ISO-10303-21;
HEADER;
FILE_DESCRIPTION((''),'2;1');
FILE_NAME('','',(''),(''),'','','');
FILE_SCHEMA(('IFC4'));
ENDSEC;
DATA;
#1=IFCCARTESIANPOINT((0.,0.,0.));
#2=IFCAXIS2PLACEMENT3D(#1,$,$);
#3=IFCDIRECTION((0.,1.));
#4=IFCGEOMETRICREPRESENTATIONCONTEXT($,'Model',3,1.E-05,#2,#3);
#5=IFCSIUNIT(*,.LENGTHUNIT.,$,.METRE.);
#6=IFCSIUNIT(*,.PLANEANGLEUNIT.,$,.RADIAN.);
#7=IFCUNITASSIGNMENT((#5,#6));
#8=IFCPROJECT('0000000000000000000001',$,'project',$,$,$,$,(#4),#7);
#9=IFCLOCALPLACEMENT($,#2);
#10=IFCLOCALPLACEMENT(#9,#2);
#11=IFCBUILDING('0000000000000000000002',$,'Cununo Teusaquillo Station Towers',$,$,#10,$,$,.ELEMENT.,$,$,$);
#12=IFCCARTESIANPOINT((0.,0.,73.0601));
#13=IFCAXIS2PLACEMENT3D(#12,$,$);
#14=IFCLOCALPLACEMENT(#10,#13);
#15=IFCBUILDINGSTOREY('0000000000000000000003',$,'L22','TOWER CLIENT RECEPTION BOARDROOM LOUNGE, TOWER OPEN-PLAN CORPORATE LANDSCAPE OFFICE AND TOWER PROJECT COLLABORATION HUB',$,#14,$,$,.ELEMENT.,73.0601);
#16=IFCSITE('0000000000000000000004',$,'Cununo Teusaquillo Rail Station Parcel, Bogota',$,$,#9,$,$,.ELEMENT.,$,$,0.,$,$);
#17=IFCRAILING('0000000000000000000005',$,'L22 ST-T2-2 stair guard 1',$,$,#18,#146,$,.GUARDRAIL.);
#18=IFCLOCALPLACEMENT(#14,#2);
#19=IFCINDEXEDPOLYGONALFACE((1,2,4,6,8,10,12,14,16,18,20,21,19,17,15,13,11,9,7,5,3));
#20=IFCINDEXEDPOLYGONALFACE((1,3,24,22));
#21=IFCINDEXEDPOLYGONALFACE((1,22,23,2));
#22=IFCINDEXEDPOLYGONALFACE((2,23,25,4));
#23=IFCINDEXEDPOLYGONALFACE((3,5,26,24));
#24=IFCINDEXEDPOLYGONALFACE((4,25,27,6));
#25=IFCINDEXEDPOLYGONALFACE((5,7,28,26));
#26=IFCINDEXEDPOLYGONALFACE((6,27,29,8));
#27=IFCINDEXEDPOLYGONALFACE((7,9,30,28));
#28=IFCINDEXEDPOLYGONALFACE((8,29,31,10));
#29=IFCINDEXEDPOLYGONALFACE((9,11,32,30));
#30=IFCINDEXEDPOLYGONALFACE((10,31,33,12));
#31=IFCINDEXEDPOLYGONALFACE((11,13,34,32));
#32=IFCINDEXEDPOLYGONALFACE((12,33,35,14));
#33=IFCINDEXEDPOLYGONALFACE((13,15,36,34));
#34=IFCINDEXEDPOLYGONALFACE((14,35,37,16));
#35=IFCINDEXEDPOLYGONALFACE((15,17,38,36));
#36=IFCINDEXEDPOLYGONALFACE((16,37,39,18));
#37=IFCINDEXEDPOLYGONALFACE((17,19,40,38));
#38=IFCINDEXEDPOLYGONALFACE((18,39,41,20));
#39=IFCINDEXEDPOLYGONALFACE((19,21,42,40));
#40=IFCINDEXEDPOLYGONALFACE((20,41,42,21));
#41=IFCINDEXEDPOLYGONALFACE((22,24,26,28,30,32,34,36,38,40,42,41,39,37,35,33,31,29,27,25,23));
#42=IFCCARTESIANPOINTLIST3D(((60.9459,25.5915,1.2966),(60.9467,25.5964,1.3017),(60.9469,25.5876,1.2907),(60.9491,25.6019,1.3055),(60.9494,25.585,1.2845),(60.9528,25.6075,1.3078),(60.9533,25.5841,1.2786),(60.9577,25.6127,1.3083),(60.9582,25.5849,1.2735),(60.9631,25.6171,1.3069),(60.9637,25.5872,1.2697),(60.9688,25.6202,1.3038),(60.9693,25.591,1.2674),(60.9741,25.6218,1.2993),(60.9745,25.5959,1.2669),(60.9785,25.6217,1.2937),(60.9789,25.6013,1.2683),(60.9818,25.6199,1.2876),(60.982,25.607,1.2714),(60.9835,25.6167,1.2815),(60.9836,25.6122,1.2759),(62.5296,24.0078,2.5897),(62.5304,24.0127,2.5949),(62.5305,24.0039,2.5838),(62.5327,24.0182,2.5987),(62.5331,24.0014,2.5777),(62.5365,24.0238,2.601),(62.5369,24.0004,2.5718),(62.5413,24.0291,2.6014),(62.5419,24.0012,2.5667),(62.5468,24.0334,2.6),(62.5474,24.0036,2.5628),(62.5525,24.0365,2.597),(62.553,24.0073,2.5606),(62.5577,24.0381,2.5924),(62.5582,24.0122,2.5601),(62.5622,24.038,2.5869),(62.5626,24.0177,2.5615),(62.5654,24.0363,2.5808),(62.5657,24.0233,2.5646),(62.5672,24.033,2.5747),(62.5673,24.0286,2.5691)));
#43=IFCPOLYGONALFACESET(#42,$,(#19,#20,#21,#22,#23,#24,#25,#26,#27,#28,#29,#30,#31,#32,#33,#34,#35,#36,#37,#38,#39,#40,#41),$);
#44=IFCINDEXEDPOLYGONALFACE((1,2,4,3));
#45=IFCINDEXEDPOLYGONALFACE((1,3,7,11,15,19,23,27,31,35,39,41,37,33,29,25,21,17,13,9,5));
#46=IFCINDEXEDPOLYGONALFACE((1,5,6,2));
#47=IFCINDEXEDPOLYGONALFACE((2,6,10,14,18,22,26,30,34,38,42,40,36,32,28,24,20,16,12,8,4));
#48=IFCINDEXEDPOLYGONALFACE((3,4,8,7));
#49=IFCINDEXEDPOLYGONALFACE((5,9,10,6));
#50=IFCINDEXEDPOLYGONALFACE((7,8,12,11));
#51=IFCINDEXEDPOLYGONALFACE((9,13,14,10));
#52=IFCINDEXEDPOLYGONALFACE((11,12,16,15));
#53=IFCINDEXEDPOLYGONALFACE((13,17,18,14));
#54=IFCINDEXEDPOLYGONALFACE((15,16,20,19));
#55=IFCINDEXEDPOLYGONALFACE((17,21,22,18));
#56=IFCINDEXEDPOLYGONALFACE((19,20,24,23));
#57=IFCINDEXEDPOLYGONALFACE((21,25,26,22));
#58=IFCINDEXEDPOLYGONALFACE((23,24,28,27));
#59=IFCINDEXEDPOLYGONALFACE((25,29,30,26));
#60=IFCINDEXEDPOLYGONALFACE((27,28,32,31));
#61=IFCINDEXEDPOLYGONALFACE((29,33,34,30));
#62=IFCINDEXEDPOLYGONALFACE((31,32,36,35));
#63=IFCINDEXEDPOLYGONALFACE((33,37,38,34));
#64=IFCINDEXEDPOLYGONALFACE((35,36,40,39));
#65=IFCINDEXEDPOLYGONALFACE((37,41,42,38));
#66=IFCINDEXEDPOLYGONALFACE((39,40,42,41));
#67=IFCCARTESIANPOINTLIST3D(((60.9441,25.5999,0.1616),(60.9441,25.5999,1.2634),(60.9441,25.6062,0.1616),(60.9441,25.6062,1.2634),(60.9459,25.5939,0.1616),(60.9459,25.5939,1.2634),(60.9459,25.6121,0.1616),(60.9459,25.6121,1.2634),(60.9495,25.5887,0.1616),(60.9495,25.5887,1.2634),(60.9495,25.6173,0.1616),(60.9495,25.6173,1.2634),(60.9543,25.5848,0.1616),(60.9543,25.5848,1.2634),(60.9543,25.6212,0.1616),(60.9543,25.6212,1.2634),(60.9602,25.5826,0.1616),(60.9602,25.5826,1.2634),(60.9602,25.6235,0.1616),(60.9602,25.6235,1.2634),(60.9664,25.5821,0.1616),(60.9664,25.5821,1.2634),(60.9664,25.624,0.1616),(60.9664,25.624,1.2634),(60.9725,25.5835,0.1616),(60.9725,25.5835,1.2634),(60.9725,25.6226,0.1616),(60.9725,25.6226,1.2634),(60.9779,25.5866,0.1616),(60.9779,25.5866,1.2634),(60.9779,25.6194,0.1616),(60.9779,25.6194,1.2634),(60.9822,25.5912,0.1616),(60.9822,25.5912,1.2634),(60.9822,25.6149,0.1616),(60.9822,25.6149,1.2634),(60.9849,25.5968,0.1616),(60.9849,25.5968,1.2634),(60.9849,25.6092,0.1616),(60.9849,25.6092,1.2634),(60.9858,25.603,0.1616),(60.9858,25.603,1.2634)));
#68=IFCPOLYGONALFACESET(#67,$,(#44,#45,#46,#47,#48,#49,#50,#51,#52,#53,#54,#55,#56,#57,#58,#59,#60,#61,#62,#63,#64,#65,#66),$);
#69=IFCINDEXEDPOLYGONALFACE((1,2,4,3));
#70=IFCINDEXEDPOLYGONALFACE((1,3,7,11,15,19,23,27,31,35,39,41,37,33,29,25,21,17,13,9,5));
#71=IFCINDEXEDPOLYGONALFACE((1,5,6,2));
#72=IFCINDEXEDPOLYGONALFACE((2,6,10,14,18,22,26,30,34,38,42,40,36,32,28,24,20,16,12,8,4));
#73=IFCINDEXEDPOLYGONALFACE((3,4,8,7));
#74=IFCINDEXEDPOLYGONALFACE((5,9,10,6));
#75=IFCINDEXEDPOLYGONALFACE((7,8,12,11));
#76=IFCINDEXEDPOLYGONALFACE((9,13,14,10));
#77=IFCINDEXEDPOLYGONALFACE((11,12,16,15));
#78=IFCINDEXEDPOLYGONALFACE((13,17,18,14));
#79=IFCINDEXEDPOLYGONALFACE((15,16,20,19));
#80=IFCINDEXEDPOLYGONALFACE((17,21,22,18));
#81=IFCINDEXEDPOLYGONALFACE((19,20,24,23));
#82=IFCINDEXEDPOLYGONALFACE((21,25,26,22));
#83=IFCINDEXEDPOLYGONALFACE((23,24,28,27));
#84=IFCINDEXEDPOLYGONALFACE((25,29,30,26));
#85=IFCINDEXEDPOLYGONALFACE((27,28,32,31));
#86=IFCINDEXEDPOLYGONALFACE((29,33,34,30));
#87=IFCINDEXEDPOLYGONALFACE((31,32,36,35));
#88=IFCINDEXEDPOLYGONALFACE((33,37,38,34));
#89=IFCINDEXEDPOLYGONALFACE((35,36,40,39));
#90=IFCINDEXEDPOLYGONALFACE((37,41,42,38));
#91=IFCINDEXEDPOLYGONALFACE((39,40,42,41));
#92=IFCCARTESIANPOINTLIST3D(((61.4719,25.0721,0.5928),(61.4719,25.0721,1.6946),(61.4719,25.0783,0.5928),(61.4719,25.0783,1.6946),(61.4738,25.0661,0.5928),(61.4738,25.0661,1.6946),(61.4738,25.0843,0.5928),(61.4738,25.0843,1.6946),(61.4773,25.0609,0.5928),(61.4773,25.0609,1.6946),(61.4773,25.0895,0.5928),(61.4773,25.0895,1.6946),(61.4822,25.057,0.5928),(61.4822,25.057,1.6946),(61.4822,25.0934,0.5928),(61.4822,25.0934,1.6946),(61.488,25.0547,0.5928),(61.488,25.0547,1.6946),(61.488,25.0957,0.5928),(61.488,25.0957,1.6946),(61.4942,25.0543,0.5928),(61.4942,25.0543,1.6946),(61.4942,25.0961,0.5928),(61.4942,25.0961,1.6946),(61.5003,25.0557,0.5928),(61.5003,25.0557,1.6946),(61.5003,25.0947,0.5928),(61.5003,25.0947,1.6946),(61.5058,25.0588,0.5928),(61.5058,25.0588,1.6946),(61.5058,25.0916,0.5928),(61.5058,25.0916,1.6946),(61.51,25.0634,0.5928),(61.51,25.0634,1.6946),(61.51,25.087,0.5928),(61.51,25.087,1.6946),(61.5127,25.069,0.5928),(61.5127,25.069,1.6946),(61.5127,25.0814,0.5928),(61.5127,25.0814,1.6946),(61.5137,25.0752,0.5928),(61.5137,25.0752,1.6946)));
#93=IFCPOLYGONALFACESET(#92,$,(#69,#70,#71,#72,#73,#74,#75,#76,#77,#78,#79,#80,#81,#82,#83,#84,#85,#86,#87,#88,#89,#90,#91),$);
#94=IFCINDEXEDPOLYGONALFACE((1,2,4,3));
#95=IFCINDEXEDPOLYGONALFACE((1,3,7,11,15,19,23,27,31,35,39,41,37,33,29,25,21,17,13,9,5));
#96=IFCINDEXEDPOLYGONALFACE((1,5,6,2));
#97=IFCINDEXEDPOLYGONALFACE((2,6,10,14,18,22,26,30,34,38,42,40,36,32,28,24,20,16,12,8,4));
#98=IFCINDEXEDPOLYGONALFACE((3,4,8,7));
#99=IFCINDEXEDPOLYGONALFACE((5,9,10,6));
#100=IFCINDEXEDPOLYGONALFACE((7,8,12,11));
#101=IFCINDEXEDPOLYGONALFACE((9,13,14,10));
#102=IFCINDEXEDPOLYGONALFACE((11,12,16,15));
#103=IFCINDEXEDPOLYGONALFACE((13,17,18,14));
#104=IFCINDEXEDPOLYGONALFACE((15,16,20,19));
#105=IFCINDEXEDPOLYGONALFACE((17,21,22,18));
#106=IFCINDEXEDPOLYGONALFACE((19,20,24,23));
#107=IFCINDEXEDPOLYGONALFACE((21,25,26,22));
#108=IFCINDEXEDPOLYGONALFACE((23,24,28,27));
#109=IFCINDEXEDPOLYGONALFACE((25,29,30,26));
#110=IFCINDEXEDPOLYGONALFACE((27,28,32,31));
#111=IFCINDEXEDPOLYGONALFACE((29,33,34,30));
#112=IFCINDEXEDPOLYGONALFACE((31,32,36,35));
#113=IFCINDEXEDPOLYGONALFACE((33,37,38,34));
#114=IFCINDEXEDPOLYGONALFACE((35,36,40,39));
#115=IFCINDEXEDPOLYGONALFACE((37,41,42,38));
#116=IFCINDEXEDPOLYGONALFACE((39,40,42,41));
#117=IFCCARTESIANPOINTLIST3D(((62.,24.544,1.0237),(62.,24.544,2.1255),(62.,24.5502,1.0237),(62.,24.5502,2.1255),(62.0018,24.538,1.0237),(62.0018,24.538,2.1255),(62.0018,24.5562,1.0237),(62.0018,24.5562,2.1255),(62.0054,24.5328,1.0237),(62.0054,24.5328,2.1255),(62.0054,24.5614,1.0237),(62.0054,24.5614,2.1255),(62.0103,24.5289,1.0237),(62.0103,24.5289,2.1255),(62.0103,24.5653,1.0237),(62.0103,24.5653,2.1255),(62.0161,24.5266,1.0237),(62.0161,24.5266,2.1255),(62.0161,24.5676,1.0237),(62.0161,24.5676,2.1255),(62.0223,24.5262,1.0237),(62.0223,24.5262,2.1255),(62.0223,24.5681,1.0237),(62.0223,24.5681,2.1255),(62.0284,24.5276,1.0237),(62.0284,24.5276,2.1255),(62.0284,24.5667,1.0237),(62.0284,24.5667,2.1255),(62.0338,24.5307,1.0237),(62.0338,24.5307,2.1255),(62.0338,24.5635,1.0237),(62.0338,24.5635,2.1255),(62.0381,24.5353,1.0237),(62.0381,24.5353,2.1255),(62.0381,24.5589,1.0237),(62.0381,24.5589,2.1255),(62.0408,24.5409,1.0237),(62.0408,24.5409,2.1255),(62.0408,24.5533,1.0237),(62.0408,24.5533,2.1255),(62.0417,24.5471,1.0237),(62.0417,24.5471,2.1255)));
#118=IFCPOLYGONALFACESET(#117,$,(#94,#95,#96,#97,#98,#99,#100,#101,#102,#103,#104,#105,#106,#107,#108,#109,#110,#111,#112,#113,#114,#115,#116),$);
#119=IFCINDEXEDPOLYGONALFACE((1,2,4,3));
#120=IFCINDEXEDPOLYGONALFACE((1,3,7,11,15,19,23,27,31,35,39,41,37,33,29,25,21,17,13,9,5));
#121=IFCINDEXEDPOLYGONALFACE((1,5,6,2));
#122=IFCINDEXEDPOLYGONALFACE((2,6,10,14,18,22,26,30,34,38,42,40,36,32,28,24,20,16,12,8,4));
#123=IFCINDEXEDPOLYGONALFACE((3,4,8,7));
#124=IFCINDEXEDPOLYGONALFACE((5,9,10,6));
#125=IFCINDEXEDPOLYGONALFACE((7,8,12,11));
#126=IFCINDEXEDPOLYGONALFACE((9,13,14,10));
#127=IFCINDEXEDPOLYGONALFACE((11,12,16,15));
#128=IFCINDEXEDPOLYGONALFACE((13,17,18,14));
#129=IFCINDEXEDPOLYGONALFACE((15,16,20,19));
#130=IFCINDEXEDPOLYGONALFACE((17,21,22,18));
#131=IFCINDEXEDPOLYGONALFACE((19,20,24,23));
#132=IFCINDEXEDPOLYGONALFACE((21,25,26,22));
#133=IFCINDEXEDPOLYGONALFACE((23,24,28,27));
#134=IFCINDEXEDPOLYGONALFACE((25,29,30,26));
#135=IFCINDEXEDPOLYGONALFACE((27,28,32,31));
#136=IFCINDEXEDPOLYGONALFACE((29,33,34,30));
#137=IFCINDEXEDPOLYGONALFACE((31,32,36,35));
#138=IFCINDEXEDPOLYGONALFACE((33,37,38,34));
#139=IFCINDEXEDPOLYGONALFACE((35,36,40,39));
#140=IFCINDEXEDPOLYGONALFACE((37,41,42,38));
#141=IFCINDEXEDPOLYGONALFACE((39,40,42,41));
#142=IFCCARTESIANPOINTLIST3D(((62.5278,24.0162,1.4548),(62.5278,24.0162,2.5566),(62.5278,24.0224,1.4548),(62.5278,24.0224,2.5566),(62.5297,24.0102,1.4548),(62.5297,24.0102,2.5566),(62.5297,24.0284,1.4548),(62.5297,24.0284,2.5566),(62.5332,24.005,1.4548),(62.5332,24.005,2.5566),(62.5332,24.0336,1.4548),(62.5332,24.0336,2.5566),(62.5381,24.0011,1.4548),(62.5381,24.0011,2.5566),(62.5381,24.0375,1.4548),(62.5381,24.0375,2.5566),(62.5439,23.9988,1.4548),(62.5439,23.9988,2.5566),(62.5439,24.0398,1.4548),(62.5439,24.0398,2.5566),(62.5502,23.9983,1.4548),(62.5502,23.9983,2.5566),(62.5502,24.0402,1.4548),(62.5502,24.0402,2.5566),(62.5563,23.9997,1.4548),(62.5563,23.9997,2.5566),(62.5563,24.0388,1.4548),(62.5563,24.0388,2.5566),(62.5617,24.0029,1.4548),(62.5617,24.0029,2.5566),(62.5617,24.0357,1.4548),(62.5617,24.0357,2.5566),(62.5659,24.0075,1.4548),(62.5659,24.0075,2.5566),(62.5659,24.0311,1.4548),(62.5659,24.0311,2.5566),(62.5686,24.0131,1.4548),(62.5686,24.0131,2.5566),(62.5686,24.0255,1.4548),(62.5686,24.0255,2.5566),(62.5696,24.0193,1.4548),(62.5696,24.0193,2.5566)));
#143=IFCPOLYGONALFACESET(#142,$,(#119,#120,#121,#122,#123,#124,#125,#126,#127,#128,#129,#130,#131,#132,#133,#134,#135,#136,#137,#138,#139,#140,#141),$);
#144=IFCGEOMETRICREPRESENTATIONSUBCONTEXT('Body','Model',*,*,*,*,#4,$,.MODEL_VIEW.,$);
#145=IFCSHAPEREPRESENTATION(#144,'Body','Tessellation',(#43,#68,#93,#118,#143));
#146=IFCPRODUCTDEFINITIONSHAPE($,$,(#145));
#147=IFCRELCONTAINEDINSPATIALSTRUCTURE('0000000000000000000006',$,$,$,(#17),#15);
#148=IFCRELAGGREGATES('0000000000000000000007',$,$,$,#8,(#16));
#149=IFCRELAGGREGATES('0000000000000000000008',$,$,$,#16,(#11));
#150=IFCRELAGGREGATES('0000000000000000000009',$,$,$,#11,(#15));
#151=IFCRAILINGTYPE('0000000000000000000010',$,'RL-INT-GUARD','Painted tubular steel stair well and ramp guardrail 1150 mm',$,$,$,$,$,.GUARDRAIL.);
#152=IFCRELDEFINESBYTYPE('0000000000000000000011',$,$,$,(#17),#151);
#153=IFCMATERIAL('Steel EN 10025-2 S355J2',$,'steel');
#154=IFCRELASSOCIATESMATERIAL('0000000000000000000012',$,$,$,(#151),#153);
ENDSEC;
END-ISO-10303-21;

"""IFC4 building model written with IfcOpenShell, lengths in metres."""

from ifc_helpers import new_model, si_unit, direction, frame, origin, origin_2d, place, context, subcontext, project, spatial, circle, extrude, material, type_object, element, save


model = new_model("IFC4")

# Units and contexts
model_context = context("Model", 3, precision=1e-05, world=origin(), true_north=direction((0.0, 1.0)))
body_context = subcontext(model_context, "Body", "Model", "MODEL_VIEW")
ifc_project = project(units=[si_unit("LENGTHUNIT", "METRE"), si_unit("PLANEANGLEUNIT", "RADIAN")], contexts=[model_context])

# Site, building, storey
site_placement = place(None, origin())
site = spatial("IfcSite", under=ifc_project, at=site_placement, Name="Cununo Teusaquillo Rail Station Parcel, Bogota", CompositionType="ELEMENT", RefElevation=0.0)
building_placement = place(site_placement, origin())
building = spatial("IfcBuilding", under=site, at=building_placement, Name="Cununo Teusaquillo Station Towers", CompositionType="ELEMENT")
storey_placement = place(building_placement, frame((0.0, 0.0, 73.0601)))
storey = spatial("IfcBuildingStorey", under=building, at=storey_placement, Name="L22", Description="TOWER CLIENT RECEPTION BOARDROOM LOUNGE, TOWER OPEN-PLAN CORPORATE LANDSCAPE OFFICE AND TOWER PROJECT COLLABORATION HUB", CompositionType="ELEMENT", Elevation=73.0601)

# Railing
ifc_material_1 = material(Name="Steel EN 10025-2 S355J2", Category="steel")
railing_type_1 = type_object("IfcRailingType", Name="RL-INT-GUARD", Description="Painted tubular steel stair well and ramp guardrail 1150 mm", PredefinedType="GUARDRAIL", material=ifc_material_1)
railing_1_placement = place(storey_placement, frame((60.9648, 25.603, 0.1616)))
element("IfcRailing", 1, at=railing_1_placement, inside=storey, type_object=railing_type_1, Name="L22 ST-T2-2 stair guard 1", PredefinedType="GUARDRAIL", context=body_context, shape_type="SweptSolid", body=[
    extrude(circle(Radius=0.0239, at=origin_2d()), frame((0.0, 0.0, 1.126), z_axis=(0.612361, -0.612361, 0.500027), x_axis=(0.707107, 0.707107, 0.0)), (0.0, 0.0, 1.0), 2.5862),
    extrude(circle(Radius=0.021, at=origin_2d()), origin(), (0.0, 0.0, 1.0), 1.1018),
    extrude(circle(Radius=0.021, at=origin_2d()), frame((0.5278, -0.5278, 0.4312)), (0.0, 0.0, 1.0), 1.1018),
    extrude(circle(Radius=0.021, at=origin_2d()), frame((1.0559, -1.0559, 0.8621)), (0.0, 0.0, 1.0), 1.1018),
    extrude(circle(Radius=0.021, at=origin_2d()), frame((1.5837, -1.5837, 1.2932)), (0.0, 0.0, 1.0), 1.1018),
])

save(model, "model.ifc")
